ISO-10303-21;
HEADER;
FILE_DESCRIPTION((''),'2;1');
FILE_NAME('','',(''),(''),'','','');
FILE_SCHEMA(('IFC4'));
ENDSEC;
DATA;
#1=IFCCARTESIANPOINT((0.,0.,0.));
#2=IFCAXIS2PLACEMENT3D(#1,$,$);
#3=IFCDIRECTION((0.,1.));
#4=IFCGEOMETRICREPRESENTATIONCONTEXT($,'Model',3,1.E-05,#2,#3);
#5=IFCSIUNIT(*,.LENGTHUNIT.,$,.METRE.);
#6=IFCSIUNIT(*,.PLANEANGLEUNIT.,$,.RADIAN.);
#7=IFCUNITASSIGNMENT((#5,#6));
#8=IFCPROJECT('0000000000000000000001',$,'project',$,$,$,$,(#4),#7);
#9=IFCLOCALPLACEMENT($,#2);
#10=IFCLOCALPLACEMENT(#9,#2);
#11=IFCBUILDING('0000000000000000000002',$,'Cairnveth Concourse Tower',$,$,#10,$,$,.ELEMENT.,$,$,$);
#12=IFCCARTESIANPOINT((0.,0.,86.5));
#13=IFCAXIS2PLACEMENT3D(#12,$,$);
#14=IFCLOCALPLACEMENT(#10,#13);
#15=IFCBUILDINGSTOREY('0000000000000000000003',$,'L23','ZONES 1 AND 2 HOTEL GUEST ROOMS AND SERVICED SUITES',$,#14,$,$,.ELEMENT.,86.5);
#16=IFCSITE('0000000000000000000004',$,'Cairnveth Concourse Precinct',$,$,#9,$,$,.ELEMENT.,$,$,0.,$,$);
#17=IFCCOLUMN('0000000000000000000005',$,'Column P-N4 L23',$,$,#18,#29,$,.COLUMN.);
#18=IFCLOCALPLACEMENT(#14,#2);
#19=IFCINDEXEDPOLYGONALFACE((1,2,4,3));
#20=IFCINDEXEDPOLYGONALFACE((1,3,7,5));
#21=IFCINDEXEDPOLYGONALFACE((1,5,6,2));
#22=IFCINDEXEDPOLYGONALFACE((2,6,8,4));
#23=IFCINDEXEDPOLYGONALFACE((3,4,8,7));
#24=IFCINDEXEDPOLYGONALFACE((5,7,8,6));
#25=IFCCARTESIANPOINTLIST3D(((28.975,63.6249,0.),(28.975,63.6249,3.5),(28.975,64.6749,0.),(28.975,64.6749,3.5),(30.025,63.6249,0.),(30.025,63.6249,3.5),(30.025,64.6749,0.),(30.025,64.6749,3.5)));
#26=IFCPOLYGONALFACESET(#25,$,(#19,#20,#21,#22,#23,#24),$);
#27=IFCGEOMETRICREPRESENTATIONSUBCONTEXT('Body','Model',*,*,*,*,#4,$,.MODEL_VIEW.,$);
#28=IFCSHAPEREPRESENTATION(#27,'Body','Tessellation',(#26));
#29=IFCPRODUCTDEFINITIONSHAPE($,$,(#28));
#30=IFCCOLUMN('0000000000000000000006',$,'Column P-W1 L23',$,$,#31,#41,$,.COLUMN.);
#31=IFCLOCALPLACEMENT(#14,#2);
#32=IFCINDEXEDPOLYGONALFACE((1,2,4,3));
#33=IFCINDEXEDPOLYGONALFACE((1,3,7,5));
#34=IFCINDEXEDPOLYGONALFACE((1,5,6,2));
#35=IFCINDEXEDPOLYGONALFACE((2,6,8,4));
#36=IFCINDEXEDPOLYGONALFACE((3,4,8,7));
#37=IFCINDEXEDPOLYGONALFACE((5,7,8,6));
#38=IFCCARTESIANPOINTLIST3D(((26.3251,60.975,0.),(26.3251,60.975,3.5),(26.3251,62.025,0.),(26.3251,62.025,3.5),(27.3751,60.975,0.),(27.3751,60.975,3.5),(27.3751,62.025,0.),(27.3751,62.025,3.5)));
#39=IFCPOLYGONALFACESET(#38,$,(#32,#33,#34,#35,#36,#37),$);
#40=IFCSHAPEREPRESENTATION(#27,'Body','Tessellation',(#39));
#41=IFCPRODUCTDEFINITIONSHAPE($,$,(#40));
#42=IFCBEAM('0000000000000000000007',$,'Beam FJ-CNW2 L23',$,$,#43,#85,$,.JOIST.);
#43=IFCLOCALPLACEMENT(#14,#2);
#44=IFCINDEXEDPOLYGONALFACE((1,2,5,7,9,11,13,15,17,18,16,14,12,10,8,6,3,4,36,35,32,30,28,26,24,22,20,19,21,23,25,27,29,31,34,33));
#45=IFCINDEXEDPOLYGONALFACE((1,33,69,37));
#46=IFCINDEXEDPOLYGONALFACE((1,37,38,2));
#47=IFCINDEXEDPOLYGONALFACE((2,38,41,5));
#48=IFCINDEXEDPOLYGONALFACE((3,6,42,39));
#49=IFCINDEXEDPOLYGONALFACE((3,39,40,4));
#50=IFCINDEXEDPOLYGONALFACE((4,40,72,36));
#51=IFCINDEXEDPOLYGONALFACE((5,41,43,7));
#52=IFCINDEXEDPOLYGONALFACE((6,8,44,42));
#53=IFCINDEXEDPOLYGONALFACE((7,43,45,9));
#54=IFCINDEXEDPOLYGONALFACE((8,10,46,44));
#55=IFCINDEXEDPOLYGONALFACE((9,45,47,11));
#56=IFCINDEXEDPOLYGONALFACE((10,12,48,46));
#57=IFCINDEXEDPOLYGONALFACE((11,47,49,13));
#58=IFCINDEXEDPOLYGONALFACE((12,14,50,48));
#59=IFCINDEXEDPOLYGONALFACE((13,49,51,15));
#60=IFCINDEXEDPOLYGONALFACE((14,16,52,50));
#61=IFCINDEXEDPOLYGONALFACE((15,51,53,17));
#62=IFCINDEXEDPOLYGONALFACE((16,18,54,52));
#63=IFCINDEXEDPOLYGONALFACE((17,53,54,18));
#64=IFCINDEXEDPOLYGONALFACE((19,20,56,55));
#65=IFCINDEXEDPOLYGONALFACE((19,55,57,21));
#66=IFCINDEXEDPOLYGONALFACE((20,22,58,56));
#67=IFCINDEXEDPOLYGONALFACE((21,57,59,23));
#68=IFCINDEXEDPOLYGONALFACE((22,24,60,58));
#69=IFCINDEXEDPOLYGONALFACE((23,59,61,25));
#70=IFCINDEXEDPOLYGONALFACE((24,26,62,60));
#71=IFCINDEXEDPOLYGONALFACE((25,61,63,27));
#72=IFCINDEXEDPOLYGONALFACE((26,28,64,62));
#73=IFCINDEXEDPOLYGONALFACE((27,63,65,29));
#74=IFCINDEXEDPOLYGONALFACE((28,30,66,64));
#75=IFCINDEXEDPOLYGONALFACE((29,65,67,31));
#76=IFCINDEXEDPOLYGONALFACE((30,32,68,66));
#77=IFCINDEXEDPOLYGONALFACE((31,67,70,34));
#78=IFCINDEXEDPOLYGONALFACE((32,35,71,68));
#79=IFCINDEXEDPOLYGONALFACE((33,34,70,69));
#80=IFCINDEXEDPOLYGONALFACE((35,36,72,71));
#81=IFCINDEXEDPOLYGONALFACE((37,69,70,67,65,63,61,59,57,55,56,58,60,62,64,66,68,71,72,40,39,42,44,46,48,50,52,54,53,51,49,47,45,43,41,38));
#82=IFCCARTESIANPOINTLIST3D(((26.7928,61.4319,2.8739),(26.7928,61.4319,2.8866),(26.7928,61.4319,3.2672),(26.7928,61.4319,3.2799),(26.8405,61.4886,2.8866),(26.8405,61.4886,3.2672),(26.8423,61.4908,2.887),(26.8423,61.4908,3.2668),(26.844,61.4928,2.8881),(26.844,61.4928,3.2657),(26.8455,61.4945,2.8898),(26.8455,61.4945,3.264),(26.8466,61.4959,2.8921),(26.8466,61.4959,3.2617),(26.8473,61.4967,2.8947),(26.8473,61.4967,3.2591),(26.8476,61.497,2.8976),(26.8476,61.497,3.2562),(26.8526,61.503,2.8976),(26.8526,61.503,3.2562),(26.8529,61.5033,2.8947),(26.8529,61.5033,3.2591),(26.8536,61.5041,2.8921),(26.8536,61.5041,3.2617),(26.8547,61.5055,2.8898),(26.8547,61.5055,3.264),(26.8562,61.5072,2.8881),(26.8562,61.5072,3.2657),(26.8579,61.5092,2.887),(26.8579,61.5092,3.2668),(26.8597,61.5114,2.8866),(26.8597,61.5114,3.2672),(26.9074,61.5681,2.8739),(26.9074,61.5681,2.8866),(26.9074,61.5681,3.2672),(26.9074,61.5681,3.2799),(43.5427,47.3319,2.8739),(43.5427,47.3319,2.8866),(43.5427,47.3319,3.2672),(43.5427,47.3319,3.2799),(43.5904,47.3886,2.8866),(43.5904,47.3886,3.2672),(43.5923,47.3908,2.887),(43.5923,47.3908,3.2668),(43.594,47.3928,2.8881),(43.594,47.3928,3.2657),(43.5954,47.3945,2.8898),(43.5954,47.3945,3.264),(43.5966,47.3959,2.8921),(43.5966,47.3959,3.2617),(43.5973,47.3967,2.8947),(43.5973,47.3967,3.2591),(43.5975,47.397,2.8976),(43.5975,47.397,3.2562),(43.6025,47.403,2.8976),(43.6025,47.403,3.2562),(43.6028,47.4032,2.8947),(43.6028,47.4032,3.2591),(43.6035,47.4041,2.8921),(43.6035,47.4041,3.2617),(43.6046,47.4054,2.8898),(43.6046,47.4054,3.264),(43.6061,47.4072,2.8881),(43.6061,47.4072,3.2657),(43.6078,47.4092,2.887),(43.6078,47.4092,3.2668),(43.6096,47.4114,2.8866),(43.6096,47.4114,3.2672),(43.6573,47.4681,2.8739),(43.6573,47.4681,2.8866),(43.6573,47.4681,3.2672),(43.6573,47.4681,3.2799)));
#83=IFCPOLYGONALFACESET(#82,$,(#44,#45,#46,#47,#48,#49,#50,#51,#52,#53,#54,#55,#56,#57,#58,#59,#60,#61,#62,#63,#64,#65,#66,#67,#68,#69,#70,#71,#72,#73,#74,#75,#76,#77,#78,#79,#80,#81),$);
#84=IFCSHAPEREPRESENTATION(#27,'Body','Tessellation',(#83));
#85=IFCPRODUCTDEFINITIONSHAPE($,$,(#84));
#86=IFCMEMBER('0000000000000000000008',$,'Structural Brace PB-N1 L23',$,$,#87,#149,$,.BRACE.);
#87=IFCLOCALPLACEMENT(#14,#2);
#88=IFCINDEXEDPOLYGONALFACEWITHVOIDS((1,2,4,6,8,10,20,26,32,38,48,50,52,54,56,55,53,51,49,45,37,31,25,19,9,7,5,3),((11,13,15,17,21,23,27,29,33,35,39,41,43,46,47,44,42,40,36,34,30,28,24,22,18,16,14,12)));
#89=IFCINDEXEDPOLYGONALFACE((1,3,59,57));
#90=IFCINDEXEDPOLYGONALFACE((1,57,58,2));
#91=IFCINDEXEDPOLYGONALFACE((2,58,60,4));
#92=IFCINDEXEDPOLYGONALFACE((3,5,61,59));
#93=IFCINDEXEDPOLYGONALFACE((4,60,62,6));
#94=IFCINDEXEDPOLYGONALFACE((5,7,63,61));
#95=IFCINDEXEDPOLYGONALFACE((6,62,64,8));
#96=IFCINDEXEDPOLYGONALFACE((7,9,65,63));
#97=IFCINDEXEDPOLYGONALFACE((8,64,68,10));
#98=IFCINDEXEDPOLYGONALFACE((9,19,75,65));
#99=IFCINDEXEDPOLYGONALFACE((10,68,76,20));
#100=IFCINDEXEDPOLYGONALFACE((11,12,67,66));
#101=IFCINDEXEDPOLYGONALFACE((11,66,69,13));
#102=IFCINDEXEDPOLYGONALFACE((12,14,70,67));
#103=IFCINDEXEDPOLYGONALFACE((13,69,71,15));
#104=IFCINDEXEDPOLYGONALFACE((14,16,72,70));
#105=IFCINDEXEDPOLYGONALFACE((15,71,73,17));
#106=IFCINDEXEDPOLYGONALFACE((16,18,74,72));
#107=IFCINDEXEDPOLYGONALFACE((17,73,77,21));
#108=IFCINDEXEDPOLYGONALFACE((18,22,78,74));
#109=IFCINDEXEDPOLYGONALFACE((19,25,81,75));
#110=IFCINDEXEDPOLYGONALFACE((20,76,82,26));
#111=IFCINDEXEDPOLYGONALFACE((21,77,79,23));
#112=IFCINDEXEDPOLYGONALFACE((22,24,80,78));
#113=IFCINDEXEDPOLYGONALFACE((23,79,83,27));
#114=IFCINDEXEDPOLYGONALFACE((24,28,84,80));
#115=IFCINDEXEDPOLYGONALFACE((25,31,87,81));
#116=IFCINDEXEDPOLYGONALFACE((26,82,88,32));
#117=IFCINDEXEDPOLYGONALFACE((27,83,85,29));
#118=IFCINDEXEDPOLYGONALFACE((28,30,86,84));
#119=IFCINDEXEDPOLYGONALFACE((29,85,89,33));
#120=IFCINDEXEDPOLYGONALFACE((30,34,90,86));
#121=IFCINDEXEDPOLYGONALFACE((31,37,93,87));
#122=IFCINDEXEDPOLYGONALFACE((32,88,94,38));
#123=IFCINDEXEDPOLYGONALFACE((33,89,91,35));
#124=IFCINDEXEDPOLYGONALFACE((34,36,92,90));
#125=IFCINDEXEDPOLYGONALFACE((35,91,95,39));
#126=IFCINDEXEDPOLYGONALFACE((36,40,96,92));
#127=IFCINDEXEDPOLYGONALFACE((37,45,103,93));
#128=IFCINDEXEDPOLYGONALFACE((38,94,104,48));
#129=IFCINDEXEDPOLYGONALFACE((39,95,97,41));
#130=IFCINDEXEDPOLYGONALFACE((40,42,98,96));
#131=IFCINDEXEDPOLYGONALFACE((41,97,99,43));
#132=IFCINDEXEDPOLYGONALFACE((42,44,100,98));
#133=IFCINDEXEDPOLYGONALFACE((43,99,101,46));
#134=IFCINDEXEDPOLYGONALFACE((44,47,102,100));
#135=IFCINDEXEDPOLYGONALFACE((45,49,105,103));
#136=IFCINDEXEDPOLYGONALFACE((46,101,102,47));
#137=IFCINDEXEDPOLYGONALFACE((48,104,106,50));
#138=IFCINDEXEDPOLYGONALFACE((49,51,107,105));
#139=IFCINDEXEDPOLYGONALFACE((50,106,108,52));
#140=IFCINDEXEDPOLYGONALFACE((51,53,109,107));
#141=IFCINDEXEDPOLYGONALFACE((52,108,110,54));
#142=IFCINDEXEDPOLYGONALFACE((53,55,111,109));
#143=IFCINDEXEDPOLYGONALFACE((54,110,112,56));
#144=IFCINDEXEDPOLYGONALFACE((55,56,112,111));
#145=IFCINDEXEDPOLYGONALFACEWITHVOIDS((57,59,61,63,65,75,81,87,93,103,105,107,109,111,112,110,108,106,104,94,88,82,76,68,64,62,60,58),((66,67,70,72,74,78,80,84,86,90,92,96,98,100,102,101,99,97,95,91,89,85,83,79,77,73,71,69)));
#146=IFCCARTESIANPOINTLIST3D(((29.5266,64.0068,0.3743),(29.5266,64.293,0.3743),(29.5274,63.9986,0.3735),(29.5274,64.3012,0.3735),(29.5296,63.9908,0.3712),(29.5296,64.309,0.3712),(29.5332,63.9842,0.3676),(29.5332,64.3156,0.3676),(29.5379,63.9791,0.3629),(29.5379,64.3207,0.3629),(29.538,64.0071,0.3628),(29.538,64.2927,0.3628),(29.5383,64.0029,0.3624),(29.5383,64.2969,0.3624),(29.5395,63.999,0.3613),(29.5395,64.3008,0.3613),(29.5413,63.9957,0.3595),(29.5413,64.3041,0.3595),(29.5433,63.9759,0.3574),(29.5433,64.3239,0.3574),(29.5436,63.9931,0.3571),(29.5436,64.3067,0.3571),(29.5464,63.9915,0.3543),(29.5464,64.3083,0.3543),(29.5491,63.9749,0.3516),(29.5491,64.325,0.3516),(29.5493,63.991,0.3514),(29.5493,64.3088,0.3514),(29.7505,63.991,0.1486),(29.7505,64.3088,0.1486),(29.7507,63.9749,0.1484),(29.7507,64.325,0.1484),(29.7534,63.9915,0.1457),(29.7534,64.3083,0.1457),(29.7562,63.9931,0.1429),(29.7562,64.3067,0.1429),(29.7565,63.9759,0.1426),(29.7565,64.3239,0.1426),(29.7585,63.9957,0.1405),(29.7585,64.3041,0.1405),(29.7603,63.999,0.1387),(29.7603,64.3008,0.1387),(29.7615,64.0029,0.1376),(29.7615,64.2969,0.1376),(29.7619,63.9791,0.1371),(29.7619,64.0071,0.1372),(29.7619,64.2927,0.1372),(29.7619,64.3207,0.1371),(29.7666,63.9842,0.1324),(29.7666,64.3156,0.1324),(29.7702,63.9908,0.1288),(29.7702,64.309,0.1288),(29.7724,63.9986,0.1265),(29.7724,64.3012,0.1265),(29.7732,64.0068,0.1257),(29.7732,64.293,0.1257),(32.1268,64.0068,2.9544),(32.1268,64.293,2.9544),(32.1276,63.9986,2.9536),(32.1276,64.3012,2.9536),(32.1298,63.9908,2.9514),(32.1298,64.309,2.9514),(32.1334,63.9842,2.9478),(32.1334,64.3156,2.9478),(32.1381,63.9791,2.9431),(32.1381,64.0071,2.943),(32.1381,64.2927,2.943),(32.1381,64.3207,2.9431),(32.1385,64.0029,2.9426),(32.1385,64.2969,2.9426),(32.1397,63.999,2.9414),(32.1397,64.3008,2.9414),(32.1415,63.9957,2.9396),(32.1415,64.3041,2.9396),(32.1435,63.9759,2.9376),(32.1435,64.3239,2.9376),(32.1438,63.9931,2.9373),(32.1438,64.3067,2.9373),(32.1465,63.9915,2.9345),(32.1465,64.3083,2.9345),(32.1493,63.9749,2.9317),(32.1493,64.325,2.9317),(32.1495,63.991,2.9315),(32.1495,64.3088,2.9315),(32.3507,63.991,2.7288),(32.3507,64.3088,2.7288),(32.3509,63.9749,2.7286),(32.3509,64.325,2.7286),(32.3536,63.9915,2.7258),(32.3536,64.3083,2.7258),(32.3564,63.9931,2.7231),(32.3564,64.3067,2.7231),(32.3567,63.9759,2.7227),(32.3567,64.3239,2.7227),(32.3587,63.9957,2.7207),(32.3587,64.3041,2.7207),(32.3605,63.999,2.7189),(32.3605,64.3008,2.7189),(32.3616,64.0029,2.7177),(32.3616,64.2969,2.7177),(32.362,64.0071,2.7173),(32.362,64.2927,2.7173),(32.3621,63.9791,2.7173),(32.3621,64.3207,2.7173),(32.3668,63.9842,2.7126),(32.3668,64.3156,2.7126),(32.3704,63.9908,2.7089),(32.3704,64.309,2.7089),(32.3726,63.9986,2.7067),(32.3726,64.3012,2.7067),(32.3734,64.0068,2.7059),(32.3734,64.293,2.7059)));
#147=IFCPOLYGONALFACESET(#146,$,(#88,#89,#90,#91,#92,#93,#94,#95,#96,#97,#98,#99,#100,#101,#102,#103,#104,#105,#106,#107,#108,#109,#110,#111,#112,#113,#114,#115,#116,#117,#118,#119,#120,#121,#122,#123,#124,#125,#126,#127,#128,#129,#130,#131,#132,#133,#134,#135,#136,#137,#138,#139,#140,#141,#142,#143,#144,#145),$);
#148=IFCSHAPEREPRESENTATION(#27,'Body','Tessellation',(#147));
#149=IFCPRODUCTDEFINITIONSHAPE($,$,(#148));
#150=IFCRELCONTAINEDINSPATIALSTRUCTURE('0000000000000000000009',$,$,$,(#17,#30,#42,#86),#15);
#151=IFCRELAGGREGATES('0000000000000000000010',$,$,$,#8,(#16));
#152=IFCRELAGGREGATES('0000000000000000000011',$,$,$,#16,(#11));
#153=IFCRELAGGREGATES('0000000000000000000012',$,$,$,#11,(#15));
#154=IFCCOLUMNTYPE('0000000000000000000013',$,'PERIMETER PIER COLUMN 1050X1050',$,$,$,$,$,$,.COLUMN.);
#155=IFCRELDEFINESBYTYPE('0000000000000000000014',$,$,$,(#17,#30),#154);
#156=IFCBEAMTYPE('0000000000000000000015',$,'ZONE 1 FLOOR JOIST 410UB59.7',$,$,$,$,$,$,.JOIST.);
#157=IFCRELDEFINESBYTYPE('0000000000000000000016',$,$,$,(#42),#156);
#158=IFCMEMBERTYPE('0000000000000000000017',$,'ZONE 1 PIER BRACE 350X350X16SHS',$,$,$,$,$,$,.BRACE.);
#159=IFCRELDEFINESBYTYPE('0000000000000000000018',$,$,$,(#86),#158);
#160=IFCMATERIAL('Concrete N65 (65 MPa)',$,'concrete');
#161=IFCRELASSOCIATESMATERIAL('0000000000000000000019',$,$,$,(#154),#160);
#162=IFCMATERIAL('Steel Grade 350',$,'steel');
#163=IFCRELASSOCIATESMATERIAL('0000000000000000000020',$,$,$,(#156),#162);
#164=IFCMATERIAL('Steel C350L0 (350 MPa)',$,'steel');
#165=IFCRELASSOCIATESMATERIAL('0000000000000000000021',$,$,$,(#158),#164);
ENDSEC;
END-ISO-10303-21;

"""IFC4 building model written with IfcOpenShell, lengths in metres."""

from ifc_helpers import new_model, si_unit, direction, frame, origin, origin_2d, place, context, subcontext, project, spatial, rectangle, hollow_rectangle, i_section, extrude, material, material_profile, profile_set, type_object, element, save


model = new_model("IFC4")

# Units and contexts
model_context = context("Model", 3, precision=1e-05, world=origin(), true_north=direction((0.0, 1.0)))
body_context = subcontext(model_context, "Body", "Model", "MODEL_VIEW")
ifc_project = project(units=[si_unit("LENGTHUNIT", "METRE"), si_unit("PLANEANGLEUNIT", "RADIAN")], contexts=[model_context])

# Site, building, storey
site_placement = place(None, origin())
site = spatial("IfcSite", under=ifc_project, at=site_placement, Name="Cairnveth Concourse Precinct", CompositionType="ELEMENT", RefElevation=0.0)
building_placement = place(site_placement, origin())
building = spatial("IfcBuilding", under=site, at=building_placement, Name="Cairnveth Concourse Tower", CompositionType="ELEMENT")
storey_placement = place(building_placement, frame((0.0, 0.0, 86.5)))
storey = spatial("IfcBuildingStorey", under=building, at=storey_placement, Name="L23", Description="ZONES 1 AND 2 HOTEL GUEST ROOMS AND SERVICED SUITES", CompositionType="ELEMENT", Elevation=86.5)

# Columns
ifc_material_1 = material(Name="Concrete N65 (65 MPa)", Category="concrete")
ifc_material_profile_1 = material_profile(ifc_material_1, rectangle(XDim=1.05, YDim=1.05, at=origin_2d()), Name="RC-COL-1050x1050")
ifc_profile_set_1 = profile_set([ifc_material_profile_1], Name="Concrete N65 (65 MPa)")
column_type = type_object("IfcColumnType", Name="PERIMETER PIER COLUMN 1050X1050", PredefinedType="COLUMN", material=ifc_profile_set_1)
for number, where, z_axis, x_axis, name in (
    (1, (29.5, 64.1499, 0.0), (0.0, 0.0, 1.0), (1.0, 0.0, 0.0), "Column P-N4 L23"),
    (2, (26.8501, 61.5, 0.0), (0.0, 0.0, 1.0), (0.0, 1.0, 0.0), "Column P-W1 L23"),
):
    element("IfcColumn", number, at=place(storey_placement, frame(where, z_axis=z_axis, x_axis=x_axis)), inside=storey, type_object=column_type, Name=name, PredefinedType="COLUMN", context=body_context, shape_type="SweptSolid", body=[
        extrude(rectangle(XDim=1.05, YDim=1.05, at=origin_2d()), origin(), (0.0, 0.0, 1.0), 3.5),
    ])

# Beam
ifc_material_2 = material(Name="Steel Grade 350", Category="steel")
ifc_material_profile_2 = material_profile(ifc_material_2, i_section(OverallWidth=0.178, OverallDepth=0.406, WebThickness=0.0078, FlangeThickness=0.0127, FilletRadius=0.011, at=origin_2d()), Name="410UB59.7")
ifc_profile_set_2 = profile_set([ifc_material_profile_2], Name="Steel Grade 350")
beam_type_1 = type_object("IfcBeamType", Name="ZONE 1 FLOOR JOIST 410UB59.7", PredefinedType="JOIST", material=ifc_profile_set_2)
beam_1_placement = place(storey_placement, frame((26.8501, 61.5, 3.0769), z_axis=(0.765027, -0.643998, 0.0), x_axis=(0.643998, 0.765027, 0.0)))
element("IfcBeam", 3, at=beam_1_placement, inside=storey, type_object=beam_type_1, Name="Beam FJ-CNW2 L23", PredefinedType="JOIST", context=body_context, shape_type="SweptSolid", body=[
    extrude(i_section(OverallWidth=0.178, OverallDepth=0.406, WebThickness=0.0078, FlangeThickness=0.0127, FilletRadius=0.011, at=origin_2d()), origin(), (0.0, 0.0, 1.0), 21.8945),
])

# Member
ifc_material_3 = material(Name="Steel C350L0 (350 MPa)", Category="steel")
ifc_material_profile_3 = material_profile(ifc_material_3, hollow_rectangle(XDim=0.3501, YDim=0.3501, WallThickness=0.0161, InnerFilletRadius=0.0161, OuterFilletRadius=0.032, at=origin_2d()), Name="350x350x16.0SHS")
ifc_profile_set_3 = profile_set([ifc_material_profile_3], Name="Steel C350L0 (350 MPa)")
member_type = type_object("IfcMemberType", Name="ZONE 1 PIER BRACE 350X350X16SHS", PredefinedType="BRACE", material=ifc_profile_set_3)
for number, where, z_axis, x_axis, name in (
    (4, (29.6499, 64.1499, 0.25), (0.709834, 0.0, 0.704369), (0.0, 1.0, 0.0), "Structural Brace PB-N1 L23"),
):
    element("IfcMember", number, at=place(storey_placement, frame(where, z_axis=z_axis, x_axis=x_axis)), inside=storey, type_object=member_type, Name=name, PredefinedType="BRACE", context=body_context, shape_type="SweptSolid", body=[
        extrude(hollow_rectangle(XDim=0.3501, YDim=0.3501, WallThickness=0.0161, InnerFilletRadius=0.0161, OuterFilletRadius=0.032, at=origin_2d()), origin(), (0.0, 0.0, 1.0), 3.6631),
    ])

save(model, "model.ifc")
